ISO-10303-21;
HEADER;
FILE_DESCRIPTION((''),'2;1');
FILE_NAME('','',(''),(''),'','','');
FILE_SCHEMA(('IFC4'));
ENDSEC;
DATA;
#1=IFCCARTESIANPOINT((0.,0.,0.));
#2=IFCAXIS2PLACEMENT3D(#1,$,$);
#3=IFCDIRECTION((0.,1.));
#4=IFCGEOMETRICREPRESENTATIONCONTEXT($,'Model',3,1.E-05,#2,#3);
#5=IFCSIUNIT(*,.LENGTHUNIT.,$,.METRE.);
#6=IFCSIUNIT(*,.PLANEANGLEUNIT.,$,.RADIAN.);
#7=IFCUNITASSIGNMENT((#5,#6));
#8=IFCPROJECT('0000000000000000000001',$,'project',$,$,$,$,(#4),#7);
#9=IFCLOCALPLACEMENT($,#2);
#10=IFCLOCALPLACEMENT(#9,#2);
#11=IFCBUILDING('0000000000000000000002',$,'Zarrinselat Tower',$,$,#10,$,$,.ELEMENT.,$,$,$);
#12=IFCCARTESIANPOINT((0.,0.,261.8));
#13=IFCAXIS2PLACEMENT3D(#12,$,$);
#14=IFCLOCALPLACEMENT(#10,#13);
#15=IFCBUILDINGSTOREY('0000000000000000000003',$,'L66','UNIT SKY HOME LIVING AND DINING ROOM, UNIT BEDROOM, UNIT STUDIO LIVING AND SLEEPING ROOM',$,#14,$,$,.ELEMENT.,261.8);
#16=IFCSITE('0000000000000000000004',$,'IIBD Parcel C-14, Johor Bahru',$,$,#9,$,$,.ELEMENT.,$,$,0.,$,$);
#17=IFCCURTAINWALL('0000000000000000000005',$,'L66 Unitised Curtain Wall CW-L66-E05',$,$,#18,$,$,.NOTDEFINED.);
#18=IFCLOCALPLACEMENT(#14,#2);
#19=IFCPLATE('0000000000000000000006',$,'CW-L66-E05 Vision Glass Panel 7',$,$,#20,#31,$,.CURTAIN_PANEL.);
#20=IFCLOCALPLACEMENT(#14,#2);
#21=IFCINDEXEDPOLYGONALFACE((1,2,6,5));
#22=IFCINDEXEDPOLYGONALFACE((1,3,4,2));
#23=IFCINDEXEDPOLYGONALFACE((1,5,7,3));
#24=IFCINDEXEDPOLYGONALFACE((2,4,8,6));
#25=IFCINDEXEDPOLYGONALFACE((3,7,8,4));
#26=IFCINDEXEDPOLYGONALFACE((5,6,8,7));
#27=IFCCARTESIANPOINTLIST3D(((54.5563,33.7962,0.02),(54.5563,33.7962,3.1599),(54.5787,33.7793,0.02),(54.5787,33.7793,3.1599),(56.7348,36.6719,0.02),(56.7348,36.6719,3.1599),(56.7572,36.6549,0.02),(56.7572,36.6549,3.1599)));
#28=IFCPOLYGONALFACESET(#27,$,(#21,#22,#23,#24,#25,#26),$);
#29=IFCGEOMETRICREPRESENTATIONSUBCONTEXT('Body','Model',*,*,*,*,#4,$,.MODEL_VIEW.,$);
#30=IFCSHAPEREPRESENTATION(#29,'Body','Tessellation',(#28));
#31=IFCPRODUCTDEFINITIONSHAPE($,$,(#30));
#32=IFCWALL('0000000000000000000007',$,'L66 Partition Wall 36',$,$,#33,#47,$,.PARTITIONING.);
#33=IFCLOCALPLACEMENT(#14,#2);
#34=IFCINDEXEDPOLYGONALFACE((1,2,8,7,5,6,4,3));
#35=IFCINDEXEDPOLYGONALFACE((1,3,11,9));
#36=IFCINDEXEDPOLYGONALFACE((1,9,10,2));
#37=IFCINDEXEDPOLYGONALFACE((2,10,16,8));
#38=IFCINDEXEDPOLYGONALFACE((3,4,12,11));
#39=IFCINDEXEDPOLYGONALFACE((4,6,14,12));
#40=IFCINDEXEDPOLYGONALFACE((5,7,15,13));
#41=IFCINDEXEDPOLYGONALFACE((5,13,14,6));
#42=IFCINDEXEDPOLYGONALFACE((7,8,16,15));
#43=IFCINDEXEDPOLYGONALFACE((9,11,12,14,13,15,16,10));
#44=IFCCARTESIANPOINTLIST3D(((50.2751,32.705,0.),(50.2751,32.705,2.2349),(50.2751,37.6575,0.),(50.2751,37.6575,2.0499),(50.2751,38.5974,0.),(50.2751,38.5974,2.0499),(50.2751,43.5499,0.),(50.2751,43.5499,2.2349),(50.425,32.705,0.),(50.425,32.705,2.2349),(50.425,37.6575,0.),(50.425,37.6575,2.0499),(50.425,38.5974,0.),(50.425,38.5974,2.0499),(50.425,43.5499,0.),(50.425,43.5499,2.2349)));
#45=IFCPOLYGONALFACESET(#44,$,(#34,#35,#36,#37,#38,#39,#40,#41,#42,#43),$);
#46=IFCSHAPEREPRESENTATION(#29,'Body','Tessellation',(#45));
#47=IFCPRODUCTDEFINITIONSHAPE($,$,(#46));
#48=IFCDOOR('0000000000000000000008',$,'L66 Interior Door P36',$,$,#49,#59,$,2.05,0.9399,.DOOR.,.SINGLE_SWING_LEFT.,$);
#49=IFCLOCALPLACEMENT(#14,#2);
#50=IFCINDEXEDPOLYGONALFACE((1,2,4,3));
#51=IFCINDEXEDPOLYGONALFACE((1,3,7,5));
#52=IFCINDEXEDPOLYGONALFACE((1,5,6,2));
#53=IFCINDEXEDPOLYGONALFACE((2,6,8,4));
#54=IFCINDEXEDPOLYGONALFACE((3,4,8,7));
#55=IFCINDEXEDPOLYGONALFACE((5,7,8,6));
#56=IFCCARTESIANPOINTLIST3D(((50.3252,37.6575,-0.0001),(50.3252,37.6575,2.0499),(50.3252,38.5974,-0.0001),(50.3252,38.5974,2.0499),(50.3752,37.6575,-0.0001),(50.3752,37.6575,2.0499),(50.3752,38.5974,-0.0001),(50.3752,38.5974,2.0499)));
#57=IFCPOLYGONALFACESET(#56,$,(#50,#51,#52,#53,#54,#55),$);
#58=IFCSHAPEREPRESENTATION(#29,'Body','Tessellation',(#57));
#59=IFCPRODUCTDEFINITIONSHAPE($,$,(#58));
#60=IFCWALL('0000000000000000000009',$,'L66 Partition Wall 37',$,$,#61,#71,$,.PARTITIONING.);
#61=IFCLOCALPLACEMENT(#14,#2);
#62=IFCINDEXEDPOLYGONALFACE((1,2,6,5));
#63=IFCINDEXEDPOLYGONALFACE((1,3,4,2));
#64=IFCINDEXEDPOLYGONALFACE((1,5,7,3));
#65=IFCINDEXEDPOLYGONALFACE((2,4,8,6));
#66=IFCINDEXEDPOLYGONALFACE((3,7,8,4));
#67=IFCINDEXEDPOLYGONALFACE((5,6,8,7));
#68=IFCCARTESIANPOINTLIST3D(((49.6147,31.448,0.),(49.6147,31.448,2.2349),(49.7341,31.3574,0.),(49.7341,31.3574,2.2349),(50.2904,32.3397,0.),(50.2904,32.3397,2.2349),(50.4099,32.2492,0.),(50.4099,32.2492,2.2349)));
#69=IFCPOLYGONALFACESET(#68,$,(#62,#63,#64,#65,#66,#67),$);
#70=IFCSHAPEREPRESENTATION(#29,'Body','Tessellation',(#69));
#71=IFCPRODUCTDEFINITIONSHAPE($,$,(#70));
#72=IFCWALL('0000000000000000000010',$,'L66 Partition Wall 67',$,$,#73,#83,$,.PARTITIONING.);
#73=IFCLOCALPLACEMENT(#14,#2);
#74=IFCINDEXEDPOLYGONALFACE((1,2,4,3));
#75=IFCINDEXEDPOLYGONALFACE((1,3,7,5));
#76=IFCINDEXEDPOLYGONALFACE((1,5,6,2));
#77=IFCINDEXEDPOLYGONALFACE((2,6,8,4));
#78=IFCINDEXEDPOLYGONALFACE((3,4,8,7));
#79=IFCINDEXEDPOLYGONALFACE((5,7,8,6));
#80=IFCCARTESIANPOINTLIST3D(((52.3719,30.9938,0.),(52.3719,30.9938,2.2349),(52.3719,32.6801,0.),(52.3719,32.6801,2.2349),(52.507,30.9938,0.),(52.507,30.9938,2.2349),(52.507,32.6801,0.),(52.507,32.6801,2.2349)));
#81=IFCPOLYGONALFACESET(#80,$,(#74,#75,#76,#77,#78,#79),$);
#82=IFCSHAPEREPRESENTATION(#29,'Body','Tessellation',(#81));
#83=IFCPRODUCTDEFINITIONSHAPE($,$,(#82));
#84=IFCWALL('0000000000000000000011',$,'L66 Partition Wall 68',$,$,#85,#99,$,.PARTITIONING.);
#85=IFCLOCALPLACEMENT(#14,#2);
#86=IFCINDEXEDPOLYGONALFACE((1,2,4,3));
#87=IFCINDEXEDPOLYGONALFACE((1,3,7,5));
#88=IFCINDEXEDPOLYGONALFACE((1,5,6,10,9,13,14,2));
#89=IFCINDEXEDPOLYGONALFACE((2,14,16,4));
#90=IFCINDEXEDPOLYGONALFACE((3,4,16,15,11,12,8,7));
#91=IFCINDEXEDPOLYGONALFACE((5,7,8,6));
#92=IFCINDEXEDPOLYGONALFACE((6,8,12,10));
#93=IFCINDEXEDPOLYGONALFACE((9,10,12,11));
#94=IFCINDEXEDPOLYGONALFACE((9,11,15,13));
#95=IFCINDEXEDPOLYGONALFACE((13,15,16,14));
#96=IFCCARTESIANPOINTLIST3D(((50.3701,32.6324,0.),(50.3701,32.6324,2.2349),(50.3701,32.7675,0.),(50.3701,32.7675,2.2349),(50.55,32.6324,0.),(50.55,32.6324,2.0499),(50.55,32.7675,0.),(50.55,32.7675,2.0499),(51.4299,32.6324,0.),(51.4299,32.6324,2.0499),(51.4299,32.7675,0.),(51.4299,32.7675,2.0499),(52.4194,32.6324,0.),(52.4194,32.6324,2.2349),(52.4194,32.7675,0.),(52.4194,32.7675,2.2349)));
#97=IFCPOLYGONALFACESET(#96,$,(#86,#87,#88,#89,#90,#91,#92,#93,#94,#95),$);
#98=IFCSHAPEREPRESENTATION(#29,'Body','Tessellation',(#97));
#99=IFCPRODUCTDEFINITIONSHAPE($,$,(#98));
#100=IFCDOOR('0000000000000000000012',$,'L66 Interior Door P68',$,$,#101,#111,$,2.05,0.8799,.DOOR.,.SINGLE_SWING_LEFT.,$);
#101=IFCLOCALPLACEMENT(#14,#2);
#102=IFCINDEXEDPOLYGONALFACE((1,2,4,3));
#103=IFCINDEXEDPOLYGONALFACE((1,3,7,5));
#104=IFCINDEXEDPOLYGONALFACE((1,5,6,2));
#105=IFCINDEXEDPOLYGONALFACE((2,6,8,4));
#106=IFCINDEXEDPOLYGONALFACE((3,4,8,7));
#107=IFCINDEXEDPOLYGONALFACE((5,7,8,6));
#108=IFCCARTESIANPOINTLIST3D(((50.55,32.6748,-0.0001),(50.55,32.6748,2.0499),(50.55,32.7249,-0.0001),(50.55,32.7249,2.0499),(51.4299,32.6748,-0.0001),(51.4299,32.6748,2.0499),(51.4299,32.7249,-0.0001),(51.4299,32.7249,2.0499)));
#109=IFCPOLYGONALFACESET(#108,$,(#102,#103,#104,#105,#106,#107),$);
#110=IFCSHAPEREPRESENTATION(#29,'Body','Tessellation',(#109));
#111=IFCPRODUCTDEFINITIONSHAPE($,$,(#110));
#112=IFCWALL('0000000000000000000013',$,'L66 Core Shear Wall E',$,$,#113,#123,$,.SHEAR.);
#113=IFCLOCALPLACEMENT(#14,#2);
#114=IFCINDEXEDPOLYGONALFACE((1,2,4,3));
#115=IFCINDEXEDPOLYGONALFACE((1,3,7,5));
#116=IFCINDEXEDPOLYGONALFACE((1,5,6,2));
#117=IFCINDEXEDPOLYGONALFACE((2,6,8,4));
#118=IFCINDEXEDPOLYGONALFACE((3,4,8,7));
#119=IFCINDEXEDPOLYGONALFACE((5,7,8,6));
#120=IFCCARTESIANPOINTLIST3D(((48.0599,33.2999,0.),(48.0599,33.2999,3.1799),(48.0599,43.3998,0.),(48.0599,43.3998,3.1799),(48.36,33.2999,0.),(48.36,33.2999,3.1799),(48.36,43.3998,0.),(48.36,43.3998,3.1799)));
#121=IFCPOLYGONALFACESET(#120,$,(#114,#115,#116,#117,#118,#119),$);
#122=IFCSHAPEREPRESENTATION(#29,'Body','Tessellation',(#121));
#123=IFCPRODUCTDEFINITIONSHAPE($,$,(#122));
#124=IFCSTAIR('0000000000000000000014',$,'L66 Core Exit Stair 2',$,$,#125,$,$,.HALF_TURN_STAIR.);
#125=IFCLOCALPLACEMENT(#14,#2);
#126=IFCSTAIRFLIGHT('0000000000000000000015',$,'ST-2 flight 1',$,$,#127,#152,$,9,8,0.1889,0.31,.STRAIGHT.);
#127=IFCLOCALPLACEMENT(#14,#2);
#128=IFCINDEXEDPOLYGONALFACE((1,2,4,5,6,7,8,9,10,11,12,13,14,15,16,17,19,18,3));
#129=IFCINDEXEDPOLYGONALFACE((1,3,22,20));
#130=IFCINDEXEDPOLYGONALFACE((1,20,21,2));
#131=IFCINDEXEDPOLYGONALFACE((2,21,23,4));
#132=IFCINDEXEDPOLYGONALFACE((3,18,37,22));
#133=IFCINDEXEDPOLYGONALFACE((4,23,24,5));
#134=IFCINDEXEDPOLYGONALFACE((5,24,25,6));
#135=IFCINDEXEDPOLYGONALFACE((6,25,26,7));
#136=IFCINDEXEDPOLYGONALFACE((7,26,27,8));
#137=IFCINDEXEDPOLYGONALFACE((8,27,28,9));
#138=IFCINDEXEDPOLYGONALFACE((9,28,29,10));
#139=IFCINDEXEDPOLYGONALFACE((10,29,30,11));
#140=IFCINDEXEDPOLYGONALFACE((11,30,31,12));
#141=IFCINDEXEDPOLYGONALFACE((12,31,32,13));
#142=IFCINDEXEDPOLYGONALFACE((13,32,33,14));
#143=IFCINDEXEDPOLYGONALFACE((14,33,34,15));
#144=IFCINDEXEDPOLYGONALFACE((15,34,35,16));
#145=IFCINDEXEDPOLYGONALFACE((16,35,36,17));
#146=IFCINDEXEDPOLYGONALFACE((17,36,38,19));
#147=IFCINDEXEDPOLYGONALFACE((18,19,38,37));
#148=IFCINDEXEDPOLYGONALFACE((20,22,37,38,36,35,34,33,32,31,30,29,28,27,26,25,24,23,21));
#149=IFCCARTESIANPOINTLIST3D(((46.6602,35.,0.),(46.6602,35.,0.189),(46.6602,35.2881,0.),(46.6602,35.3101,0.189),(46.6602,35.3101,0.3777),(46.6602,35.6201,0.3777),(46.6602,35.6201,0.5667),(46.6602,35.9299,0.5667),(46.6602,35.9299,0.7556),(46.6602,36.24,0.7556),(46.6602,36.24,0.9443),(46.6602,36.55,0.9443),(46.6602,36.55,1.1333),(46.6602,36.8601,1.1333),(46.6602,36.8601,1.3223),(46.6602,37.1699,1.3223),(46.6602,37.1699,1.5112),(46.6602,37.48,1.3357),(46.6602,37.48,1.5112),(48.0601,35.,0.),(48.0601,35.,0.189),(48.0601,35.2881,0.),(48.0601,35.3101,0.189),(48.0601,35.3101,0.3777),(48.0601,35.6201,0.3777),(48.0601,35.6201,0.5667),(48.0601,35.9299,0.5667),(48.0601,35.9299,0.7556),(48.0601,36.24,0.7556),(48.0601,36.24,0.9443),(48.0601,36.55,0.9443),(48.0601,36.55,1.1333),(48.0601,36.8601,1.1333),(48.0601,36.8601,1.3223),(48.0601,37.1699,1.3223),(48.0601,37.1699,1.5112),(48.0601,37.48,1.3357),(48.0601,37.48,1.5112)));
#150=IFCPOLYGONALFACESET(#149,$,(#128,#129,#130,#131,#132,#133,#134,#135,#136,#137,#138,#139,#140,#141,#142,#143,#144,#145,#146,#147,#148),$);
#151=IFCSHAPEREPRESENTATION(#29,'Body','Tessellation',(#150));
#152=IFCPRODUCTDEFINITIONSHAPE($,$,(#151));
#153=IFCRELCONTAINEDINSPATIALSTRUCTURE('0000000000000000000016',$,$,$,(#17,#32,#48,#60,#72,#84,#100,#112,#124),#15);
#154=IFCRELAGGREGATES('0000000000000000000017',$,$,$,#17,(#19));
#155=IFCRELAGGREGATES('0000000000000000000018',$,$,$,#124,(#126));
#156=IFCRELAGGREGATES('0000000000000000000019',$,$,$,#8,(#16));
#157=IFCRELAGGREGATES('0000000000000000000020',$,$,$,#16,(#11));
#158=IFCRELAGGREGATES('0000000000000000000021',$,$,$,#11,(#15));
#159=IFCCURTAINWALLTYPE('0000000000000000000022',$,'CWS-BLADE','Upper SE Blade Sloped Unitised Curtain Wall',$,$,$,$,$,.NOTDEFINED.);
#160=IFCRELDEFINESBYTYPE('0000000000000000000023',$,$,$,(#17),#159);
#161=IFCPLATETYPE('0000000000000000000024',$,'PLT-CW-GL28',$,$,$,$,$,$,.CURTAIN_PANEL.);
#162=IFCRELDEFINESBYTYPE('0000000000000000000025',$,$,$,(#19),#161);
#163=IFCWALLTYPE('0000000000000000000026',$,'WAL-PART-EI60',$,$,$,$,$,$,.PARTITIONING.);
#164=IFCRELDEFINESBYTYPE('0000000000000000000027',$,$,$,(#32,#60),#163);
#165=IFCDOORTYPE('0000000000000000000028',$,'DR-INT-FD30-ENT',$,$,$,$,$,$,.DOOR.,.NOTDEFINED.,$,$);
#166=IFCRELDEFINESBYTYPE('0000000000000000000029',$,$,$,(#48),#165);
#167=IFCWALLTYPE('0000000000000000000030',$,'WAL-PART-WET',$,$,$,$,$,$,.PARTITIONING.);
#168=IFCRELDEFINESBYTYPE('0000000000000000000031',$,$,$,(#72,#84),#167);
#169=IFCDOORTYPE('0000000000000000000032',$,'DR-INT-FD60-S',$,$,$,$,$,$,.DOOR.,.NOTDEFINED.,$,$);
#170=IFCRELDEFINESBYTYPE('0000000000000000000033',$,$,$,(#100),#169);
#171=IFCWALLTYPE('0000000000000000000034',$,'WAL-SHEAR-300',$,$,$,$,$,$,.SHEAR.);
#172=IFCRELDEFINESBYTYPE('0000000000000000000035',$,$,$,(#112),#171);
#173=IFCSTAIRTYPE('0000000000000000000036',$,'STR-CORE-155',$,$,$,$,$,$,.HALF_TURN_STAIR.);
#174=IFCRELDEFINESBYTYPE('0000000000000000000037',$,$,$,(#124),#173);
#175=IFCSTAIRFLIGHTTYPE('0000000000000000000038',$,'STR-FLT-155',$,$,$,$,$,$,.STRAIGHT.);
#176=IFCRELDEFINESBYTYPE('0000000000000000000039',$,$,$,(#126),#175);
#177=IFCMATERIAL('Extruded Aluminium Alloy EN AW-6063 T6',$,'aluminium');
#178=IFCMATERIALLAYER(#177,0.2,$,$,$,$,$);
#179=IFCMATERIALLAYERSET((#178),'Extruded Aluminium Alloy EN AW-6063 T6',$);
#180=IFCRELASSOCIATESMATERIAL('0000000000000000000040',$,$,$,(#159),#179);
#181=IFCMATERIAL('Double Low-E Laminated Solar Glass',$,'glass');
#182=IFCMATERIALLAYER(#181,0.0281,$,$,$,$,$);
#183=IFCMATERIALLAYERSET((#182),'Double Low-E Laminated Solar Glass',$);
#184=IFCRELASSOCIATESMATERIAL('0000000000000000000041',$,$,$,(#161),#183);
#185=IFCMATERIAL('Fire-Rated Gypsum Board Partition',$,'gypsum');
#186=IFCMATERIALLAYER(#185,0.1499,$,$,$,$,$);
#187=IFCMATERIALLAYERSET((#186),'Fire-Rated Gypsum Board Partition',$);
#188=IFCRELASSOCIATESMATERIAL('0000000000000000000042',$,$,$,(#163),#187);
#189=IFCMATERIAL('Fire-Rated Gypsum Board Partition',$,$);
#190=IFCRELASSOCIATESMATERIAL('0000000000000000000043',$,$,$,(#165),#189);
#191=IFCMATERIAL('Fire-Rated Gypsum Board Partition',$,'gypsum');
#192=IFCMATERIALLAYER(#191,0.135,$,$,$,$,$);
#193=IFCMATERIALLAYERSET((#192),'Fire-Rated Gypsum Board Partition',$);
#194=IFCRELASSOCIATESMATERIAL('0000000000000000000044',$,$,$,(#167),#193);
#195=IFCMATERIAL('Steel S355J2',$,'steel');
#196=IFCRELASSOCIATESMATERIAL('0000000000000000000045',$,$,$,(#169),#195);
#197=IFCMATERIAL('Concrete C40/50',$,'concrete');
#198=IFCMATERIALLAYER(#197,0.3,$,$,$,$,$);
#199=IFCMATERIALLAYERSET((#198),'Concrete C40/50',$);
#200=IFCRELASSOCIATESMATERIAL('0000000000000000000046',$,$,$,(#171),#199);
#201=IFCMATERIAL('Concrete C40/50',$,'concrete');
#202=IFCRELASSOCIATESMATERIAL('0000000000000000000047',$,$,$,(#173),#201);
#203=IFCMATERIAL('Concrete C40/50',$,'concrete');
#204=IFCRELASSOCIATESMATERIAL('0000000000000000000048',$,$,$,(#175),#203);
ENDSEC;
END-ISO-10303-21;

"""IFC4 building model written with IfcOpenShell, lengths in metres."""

from ifc_helpers import new_model, si_unit, direction, frame, frame_2d, origin, origin_2d, place, context, subcontext, project, spatial, polyline, rectangle, outline, extrude, material, layer, layer_set, type_object, element, fill, aggregate, save


model = new_model("IFC4")

# Units and contexts
model_context = context("Model", 3, precision=1e-05, world=origin(), true_north=direction((0.0, 1.0)))
body_context = subcontext(model_context, "Body", "Model", "MODEL_VIEW")
ifc_project = project(units=[si_unit("LENGTHUNIT", "METRE"), si_unit("PLANEANGLEUNIT", "RADIAN")], contexts=[model_context])

# Site, building, storey
site_placement = place(None, origin())
site = spatial("IfcSite", under=ifc_project, at=site_placement, Name="IIBD Parcel C-14, Johor Bahru", CompositionType="ELEMENT", RefElevation=0.0)
building_placement = place(site_placement, origin())
building = spatial("IfcBuilding", under=site, at=building_placement, Name="Zarrinselat Tower", CompositionType="ELEMENT")
storey_placement = place(building_placement, frame((0.0, 0.0, 261.8)))
storey = spatial("IfcBuildingStorey", under=building, at=storey_placement, Name="L66", Description="UNIT SKY HOME LIVING AND DINING ROOM, UNIT BEDROOM, UNIT STUDIO LIVING AND SLEEPING ROOM", CompositionType="ELEMENT", Elevation=261.8)

# Curtain wall, plate
ifc_material_1 = material(Name="Extruded Aluminium Alloy EN AW-6063 T6", Category="aluminium")
ifc_layer_1 = layer(ifc_material_1, 0.2)
ifc_layer_set_1 = layer_set([ifc_layer_1], Name="Extruded Aluminium Alloy EN AW-6063 T6")
curtain_wall_type = type_object("IfcCurtainWallType", Name="CWS-BLADE", Description="Upper SE Blade Sloped Unitised Curtain Wall", PredefinedType="NOTDEFINED", material=ifc_layer_set_1)
curtain_wall_placement = place(storey_placement, origin())
curtain_wall = element("IfcCurtainWall", 1, at=curtain_wall_placement, inside=storey, type_object=curtain_wall_type, Name="L66 Unitised Curtain Wall CW-L66-E05", PredefinedType="NOTDEFINED")
ifc_material_2 = material(Name="Double Low-E Laminated Solar Glass", Category="glass")
ifc_layer_2 = layer(ifc_material_2, 0.0281)
ifc_layer_set_2 = layer_set([ifc_layer_2], Name="Double Low-E Laminated Solar Glass")
plate_type = type_object("IfcPlateType", Name="PLT-CW-GL28", PredefinedType="CURTAIN_PANEL", material=ifc_layer_set_2)
plate_1_placement = place(storey_placement, frame((55.6567, 35.2256, 0.02), z_axis=(0.0, 0.0, 1.0), x_axis=(0.60386, 0.797091, 0.0)))
plate_1 = element("IfcPlate", 2, at=plate_1_placement, type_object=plate_type, Name="CW-L66-E05 Vision Glass Panel 7", PredefinedType="CURTAIN_PANEL", context=body_context, shape_type="SweptSolid", body=[
    extrude(rectangle(XDim=3.6077, YDim=0.0281, at=origin_2d()), origin(), (0.0, 0.0, 1.0), 3.1399),
])
aggregate(curtain_wall, [plate_1])

# Wall, opening, door
ifc_material_3 = material(Name="Fire-Rated Gypsum Board Partition", Category="gypsum")
ifc_layer_3 = layer(ifc_material_3, 0.1499)
ifc_layer_set_3 = layer_set([ifc_layer_3], Name="Fire-Rated Gypsum Board Partition")
wall_type_1 = type_object("IfcWallType", Name="WAL-PART-EI60", PredefinedType="PARTITIONING", material=ifc_layer_set_3)
wall_1_placement = place(storey_placement, frame((50.3501, 32.7051, 0.0), z_axis=(0.0, 0.0, 1.0), x_axis=(0.0, 1.0, 0.0)))
wall_1 = element("IfcWall", 3, at=wall_1_placement, inside=storey, type_object=wall_type_1, Name="L66 Partition Wall 36", PredefinedType="PARTITIONING", context=body_context, shape_type="SweptSolid", body=[
    extrude(rectangle(XDim=10.845, YDim=0.1499, at=frame_2d((5.4224, 0.0))), origin(), (0.0, 0.0, 1.0), 2.2349),
])
opening_1_placement = place(wall_1_placement, frame((4.9524, 0.0, 0.0)))
opening_1 = element("IfcOpeningElement", 4, at=opening_1_placement, cuts=wall_1, PredefinedType="OPENING", context=body_context, shape_type="SweptSolid", body=[
    extrude(rectangle(XDim=0.9399, YDim=2.05, at=frame_2d((0.47, 1.0249))), frame((0.0, 0.085, 0.0), z_axis=(0.0, -1.0, 0.0), x_axis=(1.0, 0.0, 0.0)), (0.0, 0.0, 1.0), 0.1699),
])
ifc_material_4 = material(Name="Fire-Rated Gypsum Board Partition")
door_type_1 = type_object("IfcDoorType", Name="DR-INT-FD30-ENT", OperationType="NOTDEFINED", PredefinedType="DOOR", material=ifc_material_4)
door_1_placement = place(opening_1_placement, origin())
door_1 = element("IfcDoor", 5, at=door_1_placement, inside=storey, type_object=door_type_1, Name="L66 Interior Door P36", OperationType="SINGLE_SWING_LEFT", OverallHeight=2.05, OverallWidth=0.9399, PredefinedType="DOOR", context=body_context, shape_type="SweptSolid", body=[
    extrude(rectangle(XDim=0.9399, YDim=2.05, at=frame_2d((0.47, 1.0249))), frame((0.0, 0.0249, 0.0), z_axis=(0.0, -1.0, 0.0), x_axis=(1.0, 0.0, 0.0)), (0.0, 0.0, 1.0), 0.05),
])
fill(opening_1, door_1)

# Walls
wall_2_placement = place(storey_placement, frame((49.6743, 31.4026, 0.0), z_axis=(0.0, 0.0, 1.0), x_axis=(0.603937, 0.797032, 0.0)))
element("IfcWall", 6, at=wall_2_placement, inside=storey, type_object=wall_type_1, Name="L66 Partition Wall 37", PredefinedType="PARTITIONING", context=body_context, shape_type="SweptSolid", body=[
    extrude(rectangle(XDim=1.1189, YDim=0.1499, at=frame_2d((0.5596, 0.0))), origin(), (0.0, 0.0, 1.0), 2.2349),
])
ifc_material_5 = material(Name="Fire-Rated Gypsum Board Partition", Category="gypsum")
ifc_layer_4 = layer(ifc_material_5, 0.135)
ifc_layer_set_4 = layer_set([ifc_layer_4], Name="Fire-Rated Gypsum Board Partition")
wall_type_2 = type_object("IfcWallType", Name="WAL-PART-WET", PredefinedType="PARTITIONING", material=ifc_layer_set_4)
wall_3_placement = place(storey_placement, frame((52.4395, 30.9937, 0.0), z_axis=(0.0, 0.0, 1.0), x_axis=(0.0, 1.0, 0.0)))
element("IfcWall", 7, at=wall_3_placement, inside=storey, type_object=wall_type_2, Name="L66 Partition Wall 67", PredefinedType="PARTITIONING", context=body_context, shape_type="SweptSolid", body=[
    extrude(rectangle(XDim=1.6863, YDim=0.135, at=frame_2d((0.8433, 0.0))), origin(), (0.0, 0.0, 1.0), 2.2349),
])

# Wall, opening, door
wall_4_placement = place(storey_placement, frame((50.3701, 32.7, 0.0), z_axis=(0.0, 0.0, 1.0), x_axis=(1.0, 0.0, 0.0)))
wall_4 = element("IfcWall", 8, at=wall_4_placement, inside=storey, type_object=wall_type_2, Name="L66 Partition Wall 68", PredefinedType="PARTITIONING", context=body_context, shape_type="SweptSolid", body=[
    extrude(rectangle(XDim=2.0493, YDim=0.135, at=frame_2d((1.0247, 0.0))), origin(), (0.0, 0.0, 1.0), 2.2349),
])
opening_2_placement = place(wall_4_placement, frame((0.1799, 0.0, 0.0)))
opening_2 = element("IfcOpeningElement", 9, at=opening_2_placement, cuts=wall_4, PredefinedType="OPENING", context=body_context, shape_type="SweptSolid", body=[
    extrude(rectangle(XDim=0.8799, YDim=2.05, at=frame_2d((0.4399, 1.0249))), frame((0.0, 0.0774, 0.0), z_axis=(0.0, -1.0, 0.0), x_axis=(1.0, 0.0, 0.0)), (0.0, 0.0, 1.0), 0.155),
])
ifc_material_6 = material(Name="Steel S355J2", Category="steel")
door_type_2 = type_object("IfcDoorType", Name="DR-INT-FD60-S", OperationType="NOTDEFINED", PredefinedType="DOOR", material=ifc_material_6)
door_2_placement = place(opening_2_placement, origin())
door_2 = element("IfcDoor", 10, at=door_2_placement, inside=storey, type_object=door_type_2, Name="L66 Interior Door P68", OperationType="SINGLE_SWING_LEFT", OverallHeight=2.05, OverallWidth=0.8799, PredefinedType="DOOR", context=body_context, shape_type="SweptSolid", body=[
    extrude(rectangle(XDim=0.8799, YDim=2.05, at=frame_2d((0.4399, 1.0249))), frame((0.0, 0.0249, 0.0), z_axis=(0.0, -1.0, 0.0), x_axis=(1.0, 0.0, 0.0)), (0.0, 0.0, 1.0), 0.05),
])
fill(opening_2, door_2)

# Wall
ifc_material_7 = material(Name="Concrete C40/50", Category="concrete")
ifc_layer_5 = layer(ifc_material_7, 0.3)
ifc_layer_set_5 = layer_set([ifc_layer_5], Name="Concrete C40/50")
wall_type_3 = type_object("IfcWallType", Name="WAL-SHEAR-300", PredefinedType="SHEAR", material=ifc_layer_set_5)
wall_5_placement = place(storey_placement, frame((48.21, 33.3, 0.0), z_axis=(0.0, 0.0, 1.0), x_axis=(0.0, 1.0, 0.0)))
element("IfcWall", 11, at=wall_5_placement, inside=storey, type_object=wall_type_3, Name="L66 Core Shear Wall E", PredefinedType="SHEAR", context=body_context, shape_type="SweptSolid", body=[
    extrude(rectangle(XDim=10.0999, YDim=0.3, at=frame_2d((5.0498, 0.0))), origin(), (0.0, 0.0, 1.0), 3.1799),
])

# Stair, stair flight
ifc_material_8 = material(Name="Concrete C40/50", Category="concrete")
stair_type = type_object("IfcStairType", Name="STR-CORE-155", PredefinedType="HALF_TURN_STAIR", material=ifc_material_8)
stair_placement = place(storey_placement, origin())
stair = element("IfcStair", 12, at=stair_placement, inside=storey, type_object=stair_type, Name="L66 Core Exit Stair 2", PredefinedType="HALF_TURN_STAIR")
ifc_material_9 = material(Name="Concrete C40/50", Category="concrete")
stair_flight_type = type_object("IfcStairFlightType", Name="STR-FLT-155", PredefinedType="STRAIGHT", material=ifc_material_9)
stair_flight_placement = place(storey_placement, frame((47.3601, 35.0, 0.0), z_axis=(0.0, 0.0, 1.0), x_axis=(0.0, 1.0, 0.0)))
stair_flight = element("IfcStairFlight", 13, at=stair_flight_placement, type_object=stair_flight_type, Name="ST-2 flight 1", NumberOfRisers=9, NumberOfTreads=8, PredefinedType="STRAIGHT", RiserHeight=0.1889, TreadLength=0.31, context=body_context, shape_type="SweptSolid", body=[
    extrude(outline(polyline([(0.0, 0.0), (0.0, 0.189), (0.3101, 0.189), (0.3101, 0.3777), (0.6201, 0.3777), (0.6201, 0.5667), (0.9299, 0.5667), (0.9299, 0.7556), (1.24, 0.7556), (1.24, 0.9443), (1.55, 0.9443), (1.55, 1.1333), (1.8601, 1.1333), (1.8601, 1.3223), (2.1699, 1.3223), (2.1699, 1.5112), (2.48, 1.5112), (2.48, 1.7), (2.48, 1.3357), (0.2881, 0.0), (0.0, 0.0)])), frame((0.0, 0.7, 0.0), z_axis=(0.0, -1.0, 0.0), x_axis=(1.0, 0.0, 0.0)), (0.0, 0.0, 1.0), 1.3999),
])
aggregate(stair, [stair_flight])

save(model, "model.ifc")
